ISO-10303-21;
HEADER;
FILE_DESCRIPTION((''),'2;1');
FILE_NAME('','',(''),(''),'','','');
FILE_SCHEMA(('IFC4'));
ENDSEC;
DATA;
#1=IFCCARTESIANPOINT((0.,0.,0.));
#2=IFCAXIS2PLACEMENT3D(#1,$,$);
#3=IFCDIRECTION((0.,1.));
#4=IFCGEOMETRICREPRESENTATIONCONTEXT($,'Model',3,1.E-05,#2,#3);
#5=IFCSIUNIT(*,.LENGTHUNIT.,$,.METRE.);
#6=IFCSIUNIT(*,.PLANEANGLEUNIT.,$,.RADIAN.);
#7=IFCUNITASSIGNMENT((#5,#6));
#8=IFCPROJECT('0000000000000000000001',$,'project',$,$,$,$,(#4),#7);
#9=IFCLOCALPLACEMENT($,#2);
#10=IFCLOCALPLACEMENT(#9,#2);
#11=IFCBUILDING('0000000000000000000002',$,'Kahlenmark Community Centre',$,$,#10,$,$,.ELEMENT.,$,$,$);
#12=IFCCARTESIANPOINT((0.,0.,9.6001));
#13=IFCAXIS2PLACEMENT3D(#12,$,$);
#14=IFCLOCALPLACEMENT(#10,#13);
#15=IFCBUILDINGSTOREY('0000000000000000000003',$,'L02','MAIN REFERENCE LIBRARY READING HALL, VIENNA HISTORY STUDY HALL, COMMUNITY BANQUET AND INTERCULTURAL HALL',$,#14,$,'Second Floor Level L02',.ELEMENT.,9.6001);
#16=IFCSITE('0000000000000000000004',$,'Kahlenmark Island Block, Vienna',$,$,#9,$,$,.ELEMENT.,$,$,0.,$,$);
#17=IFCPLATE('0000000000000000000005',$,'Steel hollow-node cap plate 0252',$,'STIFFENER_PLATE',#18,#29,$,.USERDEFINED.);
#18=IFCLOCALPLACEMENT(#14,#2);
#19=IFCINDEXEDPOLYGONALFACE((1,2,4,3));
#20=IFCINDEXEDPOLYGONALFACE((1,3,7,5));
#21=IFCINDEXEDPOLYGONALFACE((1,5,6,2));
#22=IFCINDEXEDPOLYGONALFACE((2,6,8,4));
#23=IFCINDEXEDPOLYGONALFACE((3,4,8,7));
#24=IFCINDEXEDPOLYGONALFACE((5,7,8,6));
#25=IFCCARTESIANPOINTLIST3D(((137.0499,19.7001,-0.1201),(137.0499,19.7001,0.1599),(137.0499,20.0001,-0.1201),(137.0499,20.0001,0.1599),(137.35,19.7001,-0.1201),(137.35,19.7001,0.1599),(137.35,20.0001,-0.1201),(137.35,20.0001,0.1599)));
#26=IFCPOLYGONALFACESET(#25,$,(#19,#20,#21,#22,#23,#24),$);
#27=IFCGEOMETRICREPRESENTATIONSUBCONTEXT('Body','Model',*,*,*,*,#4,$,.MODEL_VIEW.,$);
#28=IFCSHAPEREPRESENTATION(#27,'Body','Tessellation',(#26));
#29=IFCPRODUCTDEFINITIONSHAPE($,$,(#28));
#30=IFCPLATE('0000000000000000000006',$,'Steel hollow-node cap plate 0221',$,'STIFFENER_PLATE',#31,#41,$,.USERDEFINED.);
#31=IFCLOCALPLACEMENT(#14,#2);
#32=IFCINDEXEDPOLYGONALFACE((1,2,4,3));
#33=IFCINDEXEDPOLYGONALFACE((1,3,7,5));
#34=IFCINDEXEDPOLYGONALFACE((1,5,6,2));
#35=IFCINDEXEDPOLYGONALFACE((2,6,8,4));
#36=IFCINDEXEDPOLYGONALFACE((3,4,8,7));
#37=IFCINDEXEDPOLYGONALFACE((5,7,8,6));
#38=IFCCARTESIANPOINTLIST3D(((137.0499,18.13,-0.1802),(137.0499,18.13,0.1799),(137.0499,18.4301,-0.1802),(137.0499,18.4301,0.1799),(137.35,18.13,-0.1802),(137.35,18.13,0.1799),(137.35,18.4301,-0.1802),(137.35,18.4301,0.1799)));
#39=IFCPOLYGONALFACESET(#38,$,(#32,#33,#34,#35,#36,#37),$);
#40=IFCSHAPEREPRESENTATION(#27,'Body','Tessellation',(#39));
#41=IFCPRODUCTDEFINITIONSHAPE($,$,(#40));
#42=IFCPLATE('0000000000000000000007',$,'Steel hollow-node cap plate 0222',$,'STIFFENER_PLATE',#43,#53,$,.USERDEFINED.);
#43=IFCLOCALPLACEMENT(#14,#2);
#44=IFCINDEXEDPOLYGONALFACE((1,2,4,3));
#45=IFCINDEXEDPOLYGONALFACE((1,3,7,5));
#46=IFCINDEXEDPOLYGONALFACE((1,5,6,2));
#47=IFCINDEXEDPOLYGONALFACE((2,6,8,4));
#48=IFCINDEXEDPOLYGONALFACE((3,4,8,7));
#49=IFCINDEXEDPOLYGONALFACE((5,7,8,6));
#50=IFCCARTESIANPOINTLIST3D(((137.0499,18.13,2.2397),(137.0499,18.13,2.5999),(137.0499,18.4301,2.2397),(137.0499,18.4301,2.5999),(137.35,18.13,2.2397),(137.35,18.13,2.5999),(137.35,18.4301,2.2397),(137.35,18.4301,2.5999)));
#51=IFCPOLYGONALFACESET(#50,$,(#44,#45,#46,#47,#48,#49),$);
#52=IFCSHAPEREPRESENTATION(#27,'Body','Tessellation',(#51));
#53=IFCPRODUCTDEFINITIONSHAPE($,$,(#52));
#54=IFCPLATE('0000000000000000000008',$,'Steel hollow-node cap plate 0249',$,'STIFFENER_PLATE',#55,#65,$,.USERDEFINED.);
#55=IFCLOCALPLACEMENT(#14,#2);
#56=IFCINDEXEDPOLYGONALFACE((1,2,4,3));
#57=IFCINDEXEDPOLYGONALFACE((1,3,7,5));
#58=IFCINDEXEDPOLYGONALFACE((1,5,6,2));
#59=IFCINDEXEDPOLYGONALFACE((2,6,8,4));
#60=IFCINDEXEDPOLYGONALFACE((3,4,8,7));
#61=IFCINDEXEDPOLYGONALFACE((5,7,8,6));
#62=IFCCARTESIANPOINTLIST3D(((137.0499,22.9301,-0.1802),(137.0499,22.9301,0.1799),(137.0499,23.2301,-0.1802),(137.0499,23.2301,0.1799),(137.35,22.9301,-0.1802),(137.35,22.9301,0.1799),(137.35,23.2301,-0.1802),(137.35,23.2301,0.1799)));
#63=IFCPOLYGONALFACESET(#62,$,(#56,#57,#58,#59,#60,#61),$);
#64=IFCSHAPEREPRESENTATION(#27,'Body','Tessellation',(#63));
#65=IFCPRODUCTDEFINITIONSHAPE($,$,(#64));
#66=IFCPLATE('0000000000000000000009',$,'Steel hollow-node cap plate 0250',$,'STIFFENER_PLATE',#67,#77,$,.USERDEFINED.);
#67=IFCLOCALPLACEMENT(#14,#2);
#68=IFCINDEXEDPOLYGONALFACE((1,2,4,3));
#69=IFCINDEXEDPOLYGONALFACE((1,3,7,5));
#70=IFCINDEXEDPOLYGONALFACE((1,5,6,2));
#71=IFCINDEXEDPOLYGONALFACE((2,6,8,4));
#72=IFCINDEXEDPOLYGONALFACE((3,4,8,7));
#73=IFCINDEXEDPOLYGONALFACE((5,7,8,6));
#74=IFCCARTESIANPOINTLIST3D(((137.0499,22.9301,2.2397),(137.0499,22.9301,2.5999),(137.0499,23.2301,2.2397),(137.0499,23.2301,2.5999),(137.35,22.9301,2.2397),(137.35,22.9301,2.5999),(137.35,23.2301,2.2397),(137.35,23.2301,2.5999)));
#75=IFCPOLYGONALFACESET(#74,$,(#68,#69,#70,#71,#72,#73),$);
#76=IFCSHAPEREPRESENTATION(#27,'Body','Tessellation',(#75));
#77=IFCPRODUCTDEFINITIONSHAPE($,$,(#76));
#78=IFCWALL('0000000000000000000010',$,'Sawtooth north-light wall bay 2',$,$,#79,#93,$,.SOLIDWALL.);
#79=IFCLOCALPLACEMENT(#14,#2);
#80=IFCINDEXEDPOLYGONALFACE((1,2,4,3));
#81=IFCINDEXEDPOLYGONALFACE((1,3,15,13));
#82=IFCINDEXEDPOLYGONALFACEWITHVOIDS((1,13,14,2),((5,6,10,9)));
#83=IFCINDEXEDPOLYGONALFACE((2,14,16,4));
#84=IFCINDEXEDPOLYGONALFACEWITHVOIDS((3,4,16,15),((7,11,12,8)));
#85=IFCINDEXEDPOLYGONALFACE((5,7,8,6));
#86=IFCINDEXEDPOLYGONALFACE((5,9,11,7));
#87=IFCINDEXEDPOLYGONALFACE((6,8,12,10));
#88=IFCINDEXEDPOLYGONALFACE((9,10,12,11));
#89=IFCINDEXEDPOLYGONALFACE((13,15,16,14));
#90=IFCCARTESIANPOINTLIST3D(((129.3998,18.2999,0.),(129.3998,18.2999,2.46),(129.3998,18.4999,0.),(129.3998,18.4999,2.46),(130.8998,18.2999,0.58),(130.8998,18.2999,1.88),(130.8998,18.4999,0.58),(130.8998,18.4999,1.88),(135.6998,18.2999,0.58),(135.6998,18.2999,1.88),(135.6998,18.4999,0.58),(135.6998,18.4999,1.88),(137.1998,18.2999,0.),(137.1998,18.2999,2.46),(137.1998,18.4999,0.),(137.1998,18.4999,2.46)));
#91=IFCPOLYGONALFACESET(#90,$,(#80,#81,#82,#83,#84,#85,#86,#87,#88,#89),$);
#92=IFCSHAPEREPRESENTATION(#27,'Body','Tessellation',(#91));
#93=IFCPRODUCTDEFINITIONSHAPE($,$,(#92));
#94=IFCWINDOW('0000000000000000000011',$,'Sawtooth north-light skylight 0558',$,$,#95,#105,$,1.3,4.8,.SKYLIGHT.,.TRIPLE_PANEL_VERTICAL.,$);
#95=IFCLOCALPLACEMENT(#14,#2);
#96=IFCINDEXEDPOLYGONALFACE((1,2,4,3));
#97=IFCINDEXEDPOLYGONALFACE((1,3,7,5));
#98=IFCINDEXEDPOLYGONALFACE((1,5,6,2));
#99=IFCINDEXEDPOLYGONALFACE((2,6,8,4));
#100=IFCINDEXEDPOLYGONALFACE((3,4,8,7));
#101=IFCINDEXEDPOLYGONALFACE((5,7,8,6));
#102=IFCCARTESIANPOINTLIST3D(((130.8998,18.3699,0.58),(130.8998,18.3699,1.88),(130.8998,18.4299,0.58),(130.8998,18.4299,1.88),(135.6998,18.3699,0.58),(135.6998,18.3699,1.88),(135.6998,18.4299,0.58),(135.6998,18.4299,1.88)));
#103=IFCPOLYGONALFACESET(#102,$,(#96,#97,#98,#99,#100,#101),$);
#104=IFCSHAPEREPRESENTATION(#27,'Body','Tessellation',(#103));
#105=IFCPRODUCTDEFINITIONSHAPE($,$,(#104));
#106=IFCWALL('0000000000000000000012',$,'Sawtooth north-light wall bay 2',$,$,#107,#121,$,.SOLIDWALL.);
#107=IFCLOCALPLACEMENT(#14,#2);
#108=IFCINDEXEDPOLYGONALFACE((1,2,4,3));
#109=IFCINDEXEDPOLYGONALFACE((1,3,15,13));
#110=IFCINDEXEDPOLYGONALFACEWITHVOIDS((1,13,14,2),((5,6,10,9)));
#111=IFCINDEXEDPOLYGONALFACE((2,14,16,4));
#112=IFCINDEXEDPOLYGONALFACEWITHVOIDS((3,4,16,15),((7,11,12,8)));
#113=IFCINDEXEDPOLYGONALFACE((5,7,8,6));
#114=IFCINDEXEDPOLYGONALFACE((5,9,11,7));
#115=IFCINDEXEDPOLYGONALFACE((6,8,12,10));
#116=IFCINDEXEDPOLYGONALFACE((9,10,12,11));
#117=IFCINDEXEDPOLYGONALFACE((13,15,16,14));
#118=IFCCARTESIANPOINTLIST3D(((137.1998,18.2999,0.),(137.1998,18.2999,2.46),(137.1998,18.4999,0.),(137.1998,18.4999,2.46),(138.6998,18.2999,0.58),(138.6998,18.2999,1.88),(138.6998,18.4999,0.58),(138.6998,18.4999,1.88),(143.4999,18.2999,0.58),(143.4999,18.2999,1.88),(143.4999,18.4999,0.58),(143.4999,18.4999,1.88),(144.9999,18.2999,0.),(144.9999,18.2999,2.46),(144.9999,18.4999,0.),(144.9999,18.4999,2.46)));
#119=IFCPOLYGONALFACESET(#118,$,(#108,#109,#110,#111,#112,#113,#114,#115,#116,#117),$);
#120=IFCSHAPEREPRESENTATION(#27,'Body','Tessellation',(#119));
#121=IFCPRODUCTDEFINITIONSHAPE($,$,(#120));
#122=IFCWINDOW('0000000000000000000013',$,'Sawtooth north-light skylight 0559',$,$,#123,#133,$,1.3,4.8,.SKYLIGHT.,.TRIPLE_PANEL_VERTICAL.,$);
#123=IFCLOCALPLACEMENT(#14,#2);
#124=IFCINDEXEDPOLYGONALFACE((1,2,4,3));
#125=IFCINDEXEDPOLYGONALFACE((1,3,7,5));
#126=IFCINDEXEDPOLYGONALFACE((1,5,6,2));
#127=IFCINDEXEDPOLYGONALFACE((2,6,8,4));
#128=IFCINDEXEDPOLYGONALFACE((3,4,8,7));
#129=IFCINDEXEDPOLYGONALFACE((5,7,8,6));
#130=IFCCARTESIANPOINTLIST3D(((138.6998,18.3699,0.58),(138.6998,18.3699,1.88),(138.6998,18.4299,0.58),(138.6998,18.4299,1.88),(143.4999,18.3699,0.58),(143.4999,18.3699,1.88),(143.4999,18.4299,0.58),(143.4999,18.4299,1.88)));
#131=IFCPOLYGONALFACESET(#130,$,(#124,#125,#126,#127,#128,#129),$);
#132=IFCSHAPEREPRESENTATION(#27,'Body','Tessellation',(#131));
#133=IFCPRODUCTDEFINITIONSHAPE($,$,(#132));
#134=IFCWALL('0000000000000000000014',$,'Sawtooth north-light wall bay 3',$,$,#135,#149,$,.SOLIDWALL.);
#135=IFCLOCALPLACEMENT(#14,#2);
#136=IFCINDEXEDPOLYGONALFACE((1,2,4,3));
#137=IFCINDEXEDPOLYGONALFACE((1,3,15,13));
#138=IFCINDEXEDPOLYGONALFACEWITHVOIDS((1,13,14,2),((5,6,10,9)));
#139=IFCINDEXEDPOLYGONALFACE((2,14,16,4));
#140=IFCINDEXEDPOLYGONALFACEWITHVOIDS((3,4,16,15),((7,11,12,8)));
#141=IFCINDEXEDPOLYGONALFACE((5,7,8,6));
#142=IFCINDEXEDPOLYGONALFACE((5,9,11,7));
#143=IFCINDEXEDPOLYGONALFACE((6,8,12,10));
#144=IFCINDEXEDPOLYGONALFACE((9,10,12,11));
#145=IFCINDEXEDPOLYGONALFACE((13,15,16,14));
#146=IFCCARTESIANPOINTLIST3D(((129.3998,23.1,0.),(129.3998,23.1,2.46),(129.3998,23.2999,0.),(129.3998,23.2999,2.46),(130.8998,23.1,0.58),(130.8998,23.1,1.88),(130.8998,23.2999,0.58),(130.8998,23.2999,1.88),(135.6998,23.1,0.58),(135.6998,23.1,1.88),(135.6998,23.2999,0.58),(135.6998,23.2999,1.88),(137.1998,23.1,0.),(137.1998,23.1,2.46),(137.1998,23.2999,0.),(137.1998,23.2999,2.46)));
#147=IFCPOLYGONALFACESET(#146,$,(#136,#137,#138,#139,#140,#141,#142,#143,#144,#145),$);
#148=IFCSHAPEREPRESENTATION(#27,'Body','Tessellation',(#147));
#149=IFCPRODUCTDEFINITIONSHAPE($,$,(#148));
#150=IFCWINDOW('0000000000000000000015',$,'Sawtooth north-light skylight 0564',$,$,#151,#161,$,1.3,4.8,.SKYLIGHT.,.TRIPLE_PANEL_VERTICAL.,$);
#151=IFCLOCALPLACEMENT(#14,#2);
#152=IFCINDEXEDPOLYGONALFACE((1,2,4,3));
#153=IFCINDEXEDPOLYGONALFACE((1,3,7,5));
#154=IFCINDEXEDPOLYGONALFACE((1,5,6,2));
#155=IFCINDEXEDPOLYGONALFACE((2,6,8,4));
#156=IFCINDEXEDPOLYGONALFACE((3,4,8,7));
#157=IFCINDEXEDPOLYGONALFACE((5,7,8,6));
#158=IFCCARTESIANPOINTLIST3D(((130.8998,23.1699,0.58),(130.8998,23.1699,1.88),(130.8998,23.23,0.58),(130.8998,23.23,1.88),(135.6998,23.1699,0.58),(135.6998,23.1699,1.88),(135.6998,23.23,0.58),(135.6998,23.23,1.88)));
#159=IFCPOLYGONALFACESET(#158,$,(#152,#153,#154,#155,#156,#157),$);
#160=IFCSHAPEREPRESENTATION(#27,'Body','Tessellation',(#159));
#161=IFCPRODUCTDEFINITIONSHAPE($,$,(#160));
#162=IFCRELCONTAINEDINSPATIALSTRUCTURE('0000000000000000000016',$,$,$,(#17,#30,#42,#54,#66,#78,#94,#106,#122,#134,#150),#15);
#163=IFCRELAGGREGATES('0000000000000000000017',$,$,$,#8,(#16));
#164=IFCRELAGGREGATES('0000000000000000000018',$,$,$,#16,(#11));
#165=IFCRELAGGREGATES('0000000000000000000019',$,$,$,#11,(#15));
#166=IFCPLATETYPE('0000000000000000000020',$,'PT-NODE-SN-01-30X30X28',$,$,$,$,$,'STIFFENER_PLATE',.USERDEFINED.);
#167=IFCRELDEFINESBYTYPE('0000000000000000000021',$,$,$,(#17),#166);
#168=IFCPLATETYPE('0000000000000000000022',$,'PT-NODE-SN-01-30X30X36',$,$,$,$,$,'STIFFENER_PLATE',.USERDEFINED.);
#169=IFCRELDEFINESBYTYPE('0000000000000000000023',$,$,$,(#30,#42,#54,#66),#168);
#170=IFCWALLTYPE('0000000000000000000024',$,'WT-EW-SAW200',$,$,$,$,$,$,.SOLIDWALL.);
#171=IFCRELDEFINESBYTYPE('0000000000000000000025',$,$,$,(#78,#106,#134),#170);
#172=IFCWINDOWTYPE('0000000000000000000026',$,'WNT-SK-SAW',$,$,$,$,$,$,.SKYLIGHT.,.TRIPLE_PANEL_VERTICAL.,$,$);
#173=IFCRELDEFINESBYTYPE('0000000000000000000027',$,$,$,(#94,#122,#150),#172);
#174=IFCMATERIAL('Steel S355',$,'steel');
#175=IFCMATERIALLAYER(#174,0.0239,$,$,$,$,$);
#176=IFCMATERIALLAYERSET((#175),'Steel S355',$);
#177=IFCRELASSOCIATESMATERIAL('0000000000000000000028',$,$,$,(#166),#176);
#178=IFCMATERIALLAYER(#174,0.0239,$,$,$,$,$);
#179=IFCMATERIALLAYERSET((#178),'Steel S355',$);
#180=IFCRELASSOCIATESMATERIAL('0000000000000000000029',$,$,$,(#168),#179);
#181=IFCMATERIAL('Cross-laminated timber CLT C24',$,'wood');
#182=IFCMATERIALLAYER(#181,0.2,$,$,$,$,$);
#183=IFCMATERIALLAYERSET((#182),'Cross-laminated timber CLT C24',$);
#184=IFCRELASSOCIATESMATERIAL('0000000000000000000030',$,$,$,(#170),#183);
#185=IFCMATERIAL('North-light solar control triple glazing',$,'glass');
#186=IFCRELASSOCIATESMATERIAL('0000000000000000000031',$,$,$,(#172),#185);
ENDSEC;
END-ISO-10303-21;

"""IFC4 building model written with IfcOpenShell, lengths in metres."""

from ifc_helpers import new_model, si_unit, direction, frame, frame_2d, origin, origin_2d, place, context, subcontext, project, spatial, rectangle, extrude, material, layer, layer_set, type_object, element, fill, save


model = new_model("IFC4")

# Units and contexts
model_context = context("Model", 3, precision=1e-05, world=origin(), true_north=direction((0.0, 1.0)))
body_context = subcontext(model_context, "Body", "Model", "MODEL_VIEW")
ifc_project = project(units=[si_unit("LENGTHUNIT", "METRE"), si_unit("PLANEANGLEUNIT", "RADIAN")], contexts=[model_context])

# Site, building, storey
site_placement = place(None, origin())
site = spatial("IfcSite", under=ifc_project, at=site_placement, Name="Kahlenmark Island Block, Vienna", CompositionType="ELEMENT", RefElevation=0.0)
building_placement = place(site_placement, origin())
building = spatial("IfcBuilding", under=site, at=building_placement, Name="Kahlenmark Community Centre", CompositionType="ELEMENT")
storey_placement = place(building_placement, frame((0.0, 0.0, 9.6001)))
storey = spatial("IfcBuildingStorey", under=building, at=storey_placement, Name="L02", Description="MAIN REFERENCE LIBRARY READING HALL, VIENNA HISTORY STUDY HALL, COMMUNITY BANQUET AND INTERCULTURAL HALL", LongName="Second Floor Level L02", CompositionType="ELEMENT", Elevation=9.6001)

# Shared definitions
ifc_material_1 = material(Name="Steel S355", Category="steel")

# Plates
ifc_layer_1 = layer(ifc_material_1, 0.0239)
ifc_layer_set_1 = layer_set([ifc_layer_1], Name="Steel S355")
plate_type_1 = type_object("IfcPlateType", Name="PT-NODE-SN-01-30X30X28", ElementType="STIFFENER_PLATE", PredefinedType="USERDEFINED", material=ifc_layer_set_1)
for number, where, z_axis, x_axis, name in (
    (1, (137.2, 19.8501, -0.1201), (0.0, 0.0, 1.0), (1.0, 0.0, 0.0), "Steel hollow-node cap plate 0252"),
):
    element("IfcPlate", number, at=place(storey_placement, frame(where, z_axis=z_axis, x_axis=x_axis)), inside=storey, type_object=plate_type_1, Name=name, ObjectType="STIFFENER_PLATE", PredefinedType="USERDEFINED", context=body_context, shape_type="SweptSolid", body=[
        extrude(rectangle(XDim=0.3, YDim=0.3, at=origin_2d()), origin(), (0.0, 0.0, 1.0), 0.28),
    ])
ifc_layer_2 = layer(ifc_material_1, 0.0239)
ifc_layer_set_2 = layer_set([ifc_layer_2], Name="Steel S355")
plate_type_2 = type_object("IfcPlateType", Name="PT-NODE-SN-01-30X30X36", ElementType="STIFFENER_PLATE", PredefinedType="USERDEFINED", material=ifc_layer_set_2)
for number, where, z_axis, x_axis, name in (
    (2, (137.2, 18.28, -0.1802), (0.0, 0.0, 1.0), (1.0, 0.0, 0.0), "Steel hollow-node cap plate 0221"),
    (3, (137.2, 18.28, 2.2397), (0.0, 0.0, 1.0), (1.0, 0.0, 0.0), "Steel hollow-node cap plate 0222"),
    (4, (137.2, 23.0801, -0.1802), (0.0, 0.0, 1.0), (1.0, 0.0, 0.0), "Steel hollow-node cap plate 0249"),
    (5, (137.2, 23.0801, 2.2397), (0.0, 0.0, 1.0), (1.0, 0.0, 0.0), "Steel hollow-node cap plate 0250"),
):
    element("IfcPlate", number, at=place(storey_placement, frame(where, z_axis=z_axis, x_axis=x_axis)), inside=storey, type_object=plate_type_2, Name=name, ObjectType="STIFFENER_PLATE", PredefinedType="USERDEFINED", context=body_context, shape_type="SweptSolid", body=[
        extrude(rectangle(XDim=0.3, YDim=0.3, at=origin_2d()), origin(), (0.0, 0.0, 1.0), 0.3601),
    ])

# Walls, openings, windows
ifc_material_2 = material(Name="Cross-laminated timber CLT C24", Category="wood")
ifc_layer_3 = layer(ifc_material_2, 0.2)
ifc_layer_set_3 = layer_set([ifc_layer_3], Name="Cross-laminated timber CLT C24")
wall_type = type_object("IfcWallType", Name="WT-EW-SAW200", PredefinedType="SOLIDWALL", material=ifc_layer_set_3)
wall_1_placement = place(storey_placement, frame((129.3999, 18.3999, 0.0), z_axis=(0.0, 0.0, 1.0), x_axis=(1.0, 0.0, 0.0)))
wall_1 = element("IfcWall", 6, at=wall_1_placement, inside=storey, type_object=wall_type, Name="Sawtooth north-light wall bay 2", PredefinedType="SOLIDWALL", context=body_context, shape_type="SweptSolid", body=[
    extrude(rectangle(XDim=7.8, YDim=0.2, at=frame_2d((3.8999, 0.0))), origin(), (0.0, 0.0, 1.0), 2.46),
])
opening_1_placement = place(wall_1_placement, frame((1.5, 0.0, 0.5801)))
opening_1 = element("IfcOpeningElement", 7, at=opening_1_placement, cuts=wall_1, PredefinedType="OPENING", context=body_context, shape_type="SweptSolid", body=[
    extrude(rectangle(XDim=4.8, YDim=1.3, at=frame_2d((2.3999, 0.6499))), frame((0.0, 0.1099, 0.0), z_axis=(0.0, -1.0, 0.0), x_axis=(1.0, 0.0, 0.0)), (0.0, 0.0, 1.0), 0.22),
])
ifc_material_3 = material(Name="North-light solar control triple glazing", Category="glass")
window_type = type_object("IfcWindowType", Name="WNT-SK-SAW", PartitioningType="TRIPLE_PANEL_VERTICAL", PredefinedType="SKYLIGHT", material=ifc_material_3)
window_1_placement = place(opening_1_placement, origin())
window_1 = element("IfcWindow", 8, at=window_1_placement, inside=storey, type_object=window_type, Name="Sawtooth north-light skylight 0558", OverallHeight=1.3, OverallWidth=4.8, PartitioningType="TRIPLE_PANEL_VERTICAL", PredefinedType="SKYLIGHT", context=body_context, shape_type="SweptSolid", body=[
    extrude(rectangle(XDim=4.8, YDim=1.3, at=frame_2d((2.3999, 0.6499))), frame((0.0, 0.03, 0.0), z_axis=(0.0, -1.0, 0.0), x_axis=(1.0, 0.0, 0.0)), (0.0, 0.0, 1.0), 0.0601),
])
fill(opening_1, window_1)
wall_2_placement = place(storey_placement, frame((137.2, 18.3999, 0.0), z_axis=(0.0, 0.0, 1.0), x_axis=(1.0, 0.0, 0.0)))
wall_2 = element("IfcWall", 9, at=wall_2_placement, inside=storey, type_object=wall_type, Name="Sawtooth north-light wall bay 2", PredefinedType="SOLIDWALL", context=body_context, shape_type="SweptSolid", body=[
    extrude(rectangle(XDim=7.8, YDim=0.2, at=frame_2d((3.8999, 0.0))), origin(), (0.0, 0.0, 1.0), 2.46),
])
opening_2_placement = place(wall_2_placement, frame((1.5, 0.0, 0.5801)))
opening_2 = element("IfcOpeningElement", 10, at=opening_2_placement, cuts=wall_2, PredefinedType="OPENING", context=body_context, shape_type="SweptSolid", body=[
    extrude(rectangle(XDim=4.8, YDim=1.3, at=frame_2d((2.3999, 0.6499))), frame((0.0, 0.1099, 0.0), z_axis=(0.0, -1.0, 0.0), x_axis=(1.0, 0.0, 0.0)), (0.0, 0.0, 1.0), 0.22),
])
window_2_placement = place(opening_2_placement, origin())
window_2 = element("IfcWindow", 11, at=window_2_placement, inside=storey, type_object=window_type, Name="Sawtooth north-light skylight 0559", OverallHeight=1.3, OverallWidth=4.8, PartitioningType="TRIPLE_PANEL_VERTICAL", PredefinedType="SKYLIGHT", context=body_context, shape_type="SweptSolid", body=[
    extrude(rectangle(XDim=4.8, YDim=1.3, at=frame_2d((2.3999, 0.6499))), frame((0.0, 0.03, 0.0), z_axis=(0.0, -1.0, 0.0), x_axis=(1.0, 0.0, 0.0)), (0.0, 0.0, 1.0), 0.0601),
])
fill(opening_2, window_2)
wall_3_placement = place(storey_placement, frame((129.3999, 23.2, 0.0), z_axis=(0.0, 0.0, 1.0), x_axis=(1.0, 0.0, 0.0)))
wall_3 = element("IfcWall", 12, at=wall_3_placement, inside=storey, type_object=wall_type, Name="Sawtooth north-light wall bay 3", PredefinedType="SOLIDWALL", context=body_context, shape_type="SweptSolid", body=[
    extrude(rectangle(XDim=7.8, YDim=0.2, at=frame_2d((3.8999, 0.0))), origin(), (0.0, 0.0, 1.0), 2.46),
])
opening_3_placement = place(wall_3_placement, frame((1.5, 0.0, 0.5801)))
opening_3 = element("IfcOpeningElement", 13, at=opening_3_placement, cuts=wall_3, PredefinedType="OPENING", context=body_context, shape_type="SweptSolid", body=[
    extrude(rectangle(XDim=4.8, YDim=1.3, at=frame_2d((2.3999, 0.6499))), frame((0.0, 0.1099, 0.0), z_axis=(0.0, -1.0, 0.0), x_axis=(1.0, 0.0, 0.0)), (0.0, 0.0, 1.0), 0.22),
])
window_3_placement = place(opening_3_placement, origin())
window_3 = element("IfcWindow", 14, at=window_3_placement, inside=storey, type_object=window_type, Name="Sawtooth north-light skylight 0564", OverallHeight=1.3, OverallWidth=4.8, PartitioningType="TRIPLE_PANEL_VERTICAL", PredefinedType="SKYLIGHT", context=body_context, shape_type="SweptSolid", body=[
    extrude(rectangle(XDim=4.8, YDim=1.3, at=frame_2d((2.3999, 0.6499))), frame((0.0, 0.03, 0.0), z_axis=(0.0, -1.0, 0.0), x_axis=(1.0, 0.0, 0.0)), (0.0, 0.0, 1.0), 0.0601),
])
fill(opening_3, window_3)

save(model, "model.ifc")
